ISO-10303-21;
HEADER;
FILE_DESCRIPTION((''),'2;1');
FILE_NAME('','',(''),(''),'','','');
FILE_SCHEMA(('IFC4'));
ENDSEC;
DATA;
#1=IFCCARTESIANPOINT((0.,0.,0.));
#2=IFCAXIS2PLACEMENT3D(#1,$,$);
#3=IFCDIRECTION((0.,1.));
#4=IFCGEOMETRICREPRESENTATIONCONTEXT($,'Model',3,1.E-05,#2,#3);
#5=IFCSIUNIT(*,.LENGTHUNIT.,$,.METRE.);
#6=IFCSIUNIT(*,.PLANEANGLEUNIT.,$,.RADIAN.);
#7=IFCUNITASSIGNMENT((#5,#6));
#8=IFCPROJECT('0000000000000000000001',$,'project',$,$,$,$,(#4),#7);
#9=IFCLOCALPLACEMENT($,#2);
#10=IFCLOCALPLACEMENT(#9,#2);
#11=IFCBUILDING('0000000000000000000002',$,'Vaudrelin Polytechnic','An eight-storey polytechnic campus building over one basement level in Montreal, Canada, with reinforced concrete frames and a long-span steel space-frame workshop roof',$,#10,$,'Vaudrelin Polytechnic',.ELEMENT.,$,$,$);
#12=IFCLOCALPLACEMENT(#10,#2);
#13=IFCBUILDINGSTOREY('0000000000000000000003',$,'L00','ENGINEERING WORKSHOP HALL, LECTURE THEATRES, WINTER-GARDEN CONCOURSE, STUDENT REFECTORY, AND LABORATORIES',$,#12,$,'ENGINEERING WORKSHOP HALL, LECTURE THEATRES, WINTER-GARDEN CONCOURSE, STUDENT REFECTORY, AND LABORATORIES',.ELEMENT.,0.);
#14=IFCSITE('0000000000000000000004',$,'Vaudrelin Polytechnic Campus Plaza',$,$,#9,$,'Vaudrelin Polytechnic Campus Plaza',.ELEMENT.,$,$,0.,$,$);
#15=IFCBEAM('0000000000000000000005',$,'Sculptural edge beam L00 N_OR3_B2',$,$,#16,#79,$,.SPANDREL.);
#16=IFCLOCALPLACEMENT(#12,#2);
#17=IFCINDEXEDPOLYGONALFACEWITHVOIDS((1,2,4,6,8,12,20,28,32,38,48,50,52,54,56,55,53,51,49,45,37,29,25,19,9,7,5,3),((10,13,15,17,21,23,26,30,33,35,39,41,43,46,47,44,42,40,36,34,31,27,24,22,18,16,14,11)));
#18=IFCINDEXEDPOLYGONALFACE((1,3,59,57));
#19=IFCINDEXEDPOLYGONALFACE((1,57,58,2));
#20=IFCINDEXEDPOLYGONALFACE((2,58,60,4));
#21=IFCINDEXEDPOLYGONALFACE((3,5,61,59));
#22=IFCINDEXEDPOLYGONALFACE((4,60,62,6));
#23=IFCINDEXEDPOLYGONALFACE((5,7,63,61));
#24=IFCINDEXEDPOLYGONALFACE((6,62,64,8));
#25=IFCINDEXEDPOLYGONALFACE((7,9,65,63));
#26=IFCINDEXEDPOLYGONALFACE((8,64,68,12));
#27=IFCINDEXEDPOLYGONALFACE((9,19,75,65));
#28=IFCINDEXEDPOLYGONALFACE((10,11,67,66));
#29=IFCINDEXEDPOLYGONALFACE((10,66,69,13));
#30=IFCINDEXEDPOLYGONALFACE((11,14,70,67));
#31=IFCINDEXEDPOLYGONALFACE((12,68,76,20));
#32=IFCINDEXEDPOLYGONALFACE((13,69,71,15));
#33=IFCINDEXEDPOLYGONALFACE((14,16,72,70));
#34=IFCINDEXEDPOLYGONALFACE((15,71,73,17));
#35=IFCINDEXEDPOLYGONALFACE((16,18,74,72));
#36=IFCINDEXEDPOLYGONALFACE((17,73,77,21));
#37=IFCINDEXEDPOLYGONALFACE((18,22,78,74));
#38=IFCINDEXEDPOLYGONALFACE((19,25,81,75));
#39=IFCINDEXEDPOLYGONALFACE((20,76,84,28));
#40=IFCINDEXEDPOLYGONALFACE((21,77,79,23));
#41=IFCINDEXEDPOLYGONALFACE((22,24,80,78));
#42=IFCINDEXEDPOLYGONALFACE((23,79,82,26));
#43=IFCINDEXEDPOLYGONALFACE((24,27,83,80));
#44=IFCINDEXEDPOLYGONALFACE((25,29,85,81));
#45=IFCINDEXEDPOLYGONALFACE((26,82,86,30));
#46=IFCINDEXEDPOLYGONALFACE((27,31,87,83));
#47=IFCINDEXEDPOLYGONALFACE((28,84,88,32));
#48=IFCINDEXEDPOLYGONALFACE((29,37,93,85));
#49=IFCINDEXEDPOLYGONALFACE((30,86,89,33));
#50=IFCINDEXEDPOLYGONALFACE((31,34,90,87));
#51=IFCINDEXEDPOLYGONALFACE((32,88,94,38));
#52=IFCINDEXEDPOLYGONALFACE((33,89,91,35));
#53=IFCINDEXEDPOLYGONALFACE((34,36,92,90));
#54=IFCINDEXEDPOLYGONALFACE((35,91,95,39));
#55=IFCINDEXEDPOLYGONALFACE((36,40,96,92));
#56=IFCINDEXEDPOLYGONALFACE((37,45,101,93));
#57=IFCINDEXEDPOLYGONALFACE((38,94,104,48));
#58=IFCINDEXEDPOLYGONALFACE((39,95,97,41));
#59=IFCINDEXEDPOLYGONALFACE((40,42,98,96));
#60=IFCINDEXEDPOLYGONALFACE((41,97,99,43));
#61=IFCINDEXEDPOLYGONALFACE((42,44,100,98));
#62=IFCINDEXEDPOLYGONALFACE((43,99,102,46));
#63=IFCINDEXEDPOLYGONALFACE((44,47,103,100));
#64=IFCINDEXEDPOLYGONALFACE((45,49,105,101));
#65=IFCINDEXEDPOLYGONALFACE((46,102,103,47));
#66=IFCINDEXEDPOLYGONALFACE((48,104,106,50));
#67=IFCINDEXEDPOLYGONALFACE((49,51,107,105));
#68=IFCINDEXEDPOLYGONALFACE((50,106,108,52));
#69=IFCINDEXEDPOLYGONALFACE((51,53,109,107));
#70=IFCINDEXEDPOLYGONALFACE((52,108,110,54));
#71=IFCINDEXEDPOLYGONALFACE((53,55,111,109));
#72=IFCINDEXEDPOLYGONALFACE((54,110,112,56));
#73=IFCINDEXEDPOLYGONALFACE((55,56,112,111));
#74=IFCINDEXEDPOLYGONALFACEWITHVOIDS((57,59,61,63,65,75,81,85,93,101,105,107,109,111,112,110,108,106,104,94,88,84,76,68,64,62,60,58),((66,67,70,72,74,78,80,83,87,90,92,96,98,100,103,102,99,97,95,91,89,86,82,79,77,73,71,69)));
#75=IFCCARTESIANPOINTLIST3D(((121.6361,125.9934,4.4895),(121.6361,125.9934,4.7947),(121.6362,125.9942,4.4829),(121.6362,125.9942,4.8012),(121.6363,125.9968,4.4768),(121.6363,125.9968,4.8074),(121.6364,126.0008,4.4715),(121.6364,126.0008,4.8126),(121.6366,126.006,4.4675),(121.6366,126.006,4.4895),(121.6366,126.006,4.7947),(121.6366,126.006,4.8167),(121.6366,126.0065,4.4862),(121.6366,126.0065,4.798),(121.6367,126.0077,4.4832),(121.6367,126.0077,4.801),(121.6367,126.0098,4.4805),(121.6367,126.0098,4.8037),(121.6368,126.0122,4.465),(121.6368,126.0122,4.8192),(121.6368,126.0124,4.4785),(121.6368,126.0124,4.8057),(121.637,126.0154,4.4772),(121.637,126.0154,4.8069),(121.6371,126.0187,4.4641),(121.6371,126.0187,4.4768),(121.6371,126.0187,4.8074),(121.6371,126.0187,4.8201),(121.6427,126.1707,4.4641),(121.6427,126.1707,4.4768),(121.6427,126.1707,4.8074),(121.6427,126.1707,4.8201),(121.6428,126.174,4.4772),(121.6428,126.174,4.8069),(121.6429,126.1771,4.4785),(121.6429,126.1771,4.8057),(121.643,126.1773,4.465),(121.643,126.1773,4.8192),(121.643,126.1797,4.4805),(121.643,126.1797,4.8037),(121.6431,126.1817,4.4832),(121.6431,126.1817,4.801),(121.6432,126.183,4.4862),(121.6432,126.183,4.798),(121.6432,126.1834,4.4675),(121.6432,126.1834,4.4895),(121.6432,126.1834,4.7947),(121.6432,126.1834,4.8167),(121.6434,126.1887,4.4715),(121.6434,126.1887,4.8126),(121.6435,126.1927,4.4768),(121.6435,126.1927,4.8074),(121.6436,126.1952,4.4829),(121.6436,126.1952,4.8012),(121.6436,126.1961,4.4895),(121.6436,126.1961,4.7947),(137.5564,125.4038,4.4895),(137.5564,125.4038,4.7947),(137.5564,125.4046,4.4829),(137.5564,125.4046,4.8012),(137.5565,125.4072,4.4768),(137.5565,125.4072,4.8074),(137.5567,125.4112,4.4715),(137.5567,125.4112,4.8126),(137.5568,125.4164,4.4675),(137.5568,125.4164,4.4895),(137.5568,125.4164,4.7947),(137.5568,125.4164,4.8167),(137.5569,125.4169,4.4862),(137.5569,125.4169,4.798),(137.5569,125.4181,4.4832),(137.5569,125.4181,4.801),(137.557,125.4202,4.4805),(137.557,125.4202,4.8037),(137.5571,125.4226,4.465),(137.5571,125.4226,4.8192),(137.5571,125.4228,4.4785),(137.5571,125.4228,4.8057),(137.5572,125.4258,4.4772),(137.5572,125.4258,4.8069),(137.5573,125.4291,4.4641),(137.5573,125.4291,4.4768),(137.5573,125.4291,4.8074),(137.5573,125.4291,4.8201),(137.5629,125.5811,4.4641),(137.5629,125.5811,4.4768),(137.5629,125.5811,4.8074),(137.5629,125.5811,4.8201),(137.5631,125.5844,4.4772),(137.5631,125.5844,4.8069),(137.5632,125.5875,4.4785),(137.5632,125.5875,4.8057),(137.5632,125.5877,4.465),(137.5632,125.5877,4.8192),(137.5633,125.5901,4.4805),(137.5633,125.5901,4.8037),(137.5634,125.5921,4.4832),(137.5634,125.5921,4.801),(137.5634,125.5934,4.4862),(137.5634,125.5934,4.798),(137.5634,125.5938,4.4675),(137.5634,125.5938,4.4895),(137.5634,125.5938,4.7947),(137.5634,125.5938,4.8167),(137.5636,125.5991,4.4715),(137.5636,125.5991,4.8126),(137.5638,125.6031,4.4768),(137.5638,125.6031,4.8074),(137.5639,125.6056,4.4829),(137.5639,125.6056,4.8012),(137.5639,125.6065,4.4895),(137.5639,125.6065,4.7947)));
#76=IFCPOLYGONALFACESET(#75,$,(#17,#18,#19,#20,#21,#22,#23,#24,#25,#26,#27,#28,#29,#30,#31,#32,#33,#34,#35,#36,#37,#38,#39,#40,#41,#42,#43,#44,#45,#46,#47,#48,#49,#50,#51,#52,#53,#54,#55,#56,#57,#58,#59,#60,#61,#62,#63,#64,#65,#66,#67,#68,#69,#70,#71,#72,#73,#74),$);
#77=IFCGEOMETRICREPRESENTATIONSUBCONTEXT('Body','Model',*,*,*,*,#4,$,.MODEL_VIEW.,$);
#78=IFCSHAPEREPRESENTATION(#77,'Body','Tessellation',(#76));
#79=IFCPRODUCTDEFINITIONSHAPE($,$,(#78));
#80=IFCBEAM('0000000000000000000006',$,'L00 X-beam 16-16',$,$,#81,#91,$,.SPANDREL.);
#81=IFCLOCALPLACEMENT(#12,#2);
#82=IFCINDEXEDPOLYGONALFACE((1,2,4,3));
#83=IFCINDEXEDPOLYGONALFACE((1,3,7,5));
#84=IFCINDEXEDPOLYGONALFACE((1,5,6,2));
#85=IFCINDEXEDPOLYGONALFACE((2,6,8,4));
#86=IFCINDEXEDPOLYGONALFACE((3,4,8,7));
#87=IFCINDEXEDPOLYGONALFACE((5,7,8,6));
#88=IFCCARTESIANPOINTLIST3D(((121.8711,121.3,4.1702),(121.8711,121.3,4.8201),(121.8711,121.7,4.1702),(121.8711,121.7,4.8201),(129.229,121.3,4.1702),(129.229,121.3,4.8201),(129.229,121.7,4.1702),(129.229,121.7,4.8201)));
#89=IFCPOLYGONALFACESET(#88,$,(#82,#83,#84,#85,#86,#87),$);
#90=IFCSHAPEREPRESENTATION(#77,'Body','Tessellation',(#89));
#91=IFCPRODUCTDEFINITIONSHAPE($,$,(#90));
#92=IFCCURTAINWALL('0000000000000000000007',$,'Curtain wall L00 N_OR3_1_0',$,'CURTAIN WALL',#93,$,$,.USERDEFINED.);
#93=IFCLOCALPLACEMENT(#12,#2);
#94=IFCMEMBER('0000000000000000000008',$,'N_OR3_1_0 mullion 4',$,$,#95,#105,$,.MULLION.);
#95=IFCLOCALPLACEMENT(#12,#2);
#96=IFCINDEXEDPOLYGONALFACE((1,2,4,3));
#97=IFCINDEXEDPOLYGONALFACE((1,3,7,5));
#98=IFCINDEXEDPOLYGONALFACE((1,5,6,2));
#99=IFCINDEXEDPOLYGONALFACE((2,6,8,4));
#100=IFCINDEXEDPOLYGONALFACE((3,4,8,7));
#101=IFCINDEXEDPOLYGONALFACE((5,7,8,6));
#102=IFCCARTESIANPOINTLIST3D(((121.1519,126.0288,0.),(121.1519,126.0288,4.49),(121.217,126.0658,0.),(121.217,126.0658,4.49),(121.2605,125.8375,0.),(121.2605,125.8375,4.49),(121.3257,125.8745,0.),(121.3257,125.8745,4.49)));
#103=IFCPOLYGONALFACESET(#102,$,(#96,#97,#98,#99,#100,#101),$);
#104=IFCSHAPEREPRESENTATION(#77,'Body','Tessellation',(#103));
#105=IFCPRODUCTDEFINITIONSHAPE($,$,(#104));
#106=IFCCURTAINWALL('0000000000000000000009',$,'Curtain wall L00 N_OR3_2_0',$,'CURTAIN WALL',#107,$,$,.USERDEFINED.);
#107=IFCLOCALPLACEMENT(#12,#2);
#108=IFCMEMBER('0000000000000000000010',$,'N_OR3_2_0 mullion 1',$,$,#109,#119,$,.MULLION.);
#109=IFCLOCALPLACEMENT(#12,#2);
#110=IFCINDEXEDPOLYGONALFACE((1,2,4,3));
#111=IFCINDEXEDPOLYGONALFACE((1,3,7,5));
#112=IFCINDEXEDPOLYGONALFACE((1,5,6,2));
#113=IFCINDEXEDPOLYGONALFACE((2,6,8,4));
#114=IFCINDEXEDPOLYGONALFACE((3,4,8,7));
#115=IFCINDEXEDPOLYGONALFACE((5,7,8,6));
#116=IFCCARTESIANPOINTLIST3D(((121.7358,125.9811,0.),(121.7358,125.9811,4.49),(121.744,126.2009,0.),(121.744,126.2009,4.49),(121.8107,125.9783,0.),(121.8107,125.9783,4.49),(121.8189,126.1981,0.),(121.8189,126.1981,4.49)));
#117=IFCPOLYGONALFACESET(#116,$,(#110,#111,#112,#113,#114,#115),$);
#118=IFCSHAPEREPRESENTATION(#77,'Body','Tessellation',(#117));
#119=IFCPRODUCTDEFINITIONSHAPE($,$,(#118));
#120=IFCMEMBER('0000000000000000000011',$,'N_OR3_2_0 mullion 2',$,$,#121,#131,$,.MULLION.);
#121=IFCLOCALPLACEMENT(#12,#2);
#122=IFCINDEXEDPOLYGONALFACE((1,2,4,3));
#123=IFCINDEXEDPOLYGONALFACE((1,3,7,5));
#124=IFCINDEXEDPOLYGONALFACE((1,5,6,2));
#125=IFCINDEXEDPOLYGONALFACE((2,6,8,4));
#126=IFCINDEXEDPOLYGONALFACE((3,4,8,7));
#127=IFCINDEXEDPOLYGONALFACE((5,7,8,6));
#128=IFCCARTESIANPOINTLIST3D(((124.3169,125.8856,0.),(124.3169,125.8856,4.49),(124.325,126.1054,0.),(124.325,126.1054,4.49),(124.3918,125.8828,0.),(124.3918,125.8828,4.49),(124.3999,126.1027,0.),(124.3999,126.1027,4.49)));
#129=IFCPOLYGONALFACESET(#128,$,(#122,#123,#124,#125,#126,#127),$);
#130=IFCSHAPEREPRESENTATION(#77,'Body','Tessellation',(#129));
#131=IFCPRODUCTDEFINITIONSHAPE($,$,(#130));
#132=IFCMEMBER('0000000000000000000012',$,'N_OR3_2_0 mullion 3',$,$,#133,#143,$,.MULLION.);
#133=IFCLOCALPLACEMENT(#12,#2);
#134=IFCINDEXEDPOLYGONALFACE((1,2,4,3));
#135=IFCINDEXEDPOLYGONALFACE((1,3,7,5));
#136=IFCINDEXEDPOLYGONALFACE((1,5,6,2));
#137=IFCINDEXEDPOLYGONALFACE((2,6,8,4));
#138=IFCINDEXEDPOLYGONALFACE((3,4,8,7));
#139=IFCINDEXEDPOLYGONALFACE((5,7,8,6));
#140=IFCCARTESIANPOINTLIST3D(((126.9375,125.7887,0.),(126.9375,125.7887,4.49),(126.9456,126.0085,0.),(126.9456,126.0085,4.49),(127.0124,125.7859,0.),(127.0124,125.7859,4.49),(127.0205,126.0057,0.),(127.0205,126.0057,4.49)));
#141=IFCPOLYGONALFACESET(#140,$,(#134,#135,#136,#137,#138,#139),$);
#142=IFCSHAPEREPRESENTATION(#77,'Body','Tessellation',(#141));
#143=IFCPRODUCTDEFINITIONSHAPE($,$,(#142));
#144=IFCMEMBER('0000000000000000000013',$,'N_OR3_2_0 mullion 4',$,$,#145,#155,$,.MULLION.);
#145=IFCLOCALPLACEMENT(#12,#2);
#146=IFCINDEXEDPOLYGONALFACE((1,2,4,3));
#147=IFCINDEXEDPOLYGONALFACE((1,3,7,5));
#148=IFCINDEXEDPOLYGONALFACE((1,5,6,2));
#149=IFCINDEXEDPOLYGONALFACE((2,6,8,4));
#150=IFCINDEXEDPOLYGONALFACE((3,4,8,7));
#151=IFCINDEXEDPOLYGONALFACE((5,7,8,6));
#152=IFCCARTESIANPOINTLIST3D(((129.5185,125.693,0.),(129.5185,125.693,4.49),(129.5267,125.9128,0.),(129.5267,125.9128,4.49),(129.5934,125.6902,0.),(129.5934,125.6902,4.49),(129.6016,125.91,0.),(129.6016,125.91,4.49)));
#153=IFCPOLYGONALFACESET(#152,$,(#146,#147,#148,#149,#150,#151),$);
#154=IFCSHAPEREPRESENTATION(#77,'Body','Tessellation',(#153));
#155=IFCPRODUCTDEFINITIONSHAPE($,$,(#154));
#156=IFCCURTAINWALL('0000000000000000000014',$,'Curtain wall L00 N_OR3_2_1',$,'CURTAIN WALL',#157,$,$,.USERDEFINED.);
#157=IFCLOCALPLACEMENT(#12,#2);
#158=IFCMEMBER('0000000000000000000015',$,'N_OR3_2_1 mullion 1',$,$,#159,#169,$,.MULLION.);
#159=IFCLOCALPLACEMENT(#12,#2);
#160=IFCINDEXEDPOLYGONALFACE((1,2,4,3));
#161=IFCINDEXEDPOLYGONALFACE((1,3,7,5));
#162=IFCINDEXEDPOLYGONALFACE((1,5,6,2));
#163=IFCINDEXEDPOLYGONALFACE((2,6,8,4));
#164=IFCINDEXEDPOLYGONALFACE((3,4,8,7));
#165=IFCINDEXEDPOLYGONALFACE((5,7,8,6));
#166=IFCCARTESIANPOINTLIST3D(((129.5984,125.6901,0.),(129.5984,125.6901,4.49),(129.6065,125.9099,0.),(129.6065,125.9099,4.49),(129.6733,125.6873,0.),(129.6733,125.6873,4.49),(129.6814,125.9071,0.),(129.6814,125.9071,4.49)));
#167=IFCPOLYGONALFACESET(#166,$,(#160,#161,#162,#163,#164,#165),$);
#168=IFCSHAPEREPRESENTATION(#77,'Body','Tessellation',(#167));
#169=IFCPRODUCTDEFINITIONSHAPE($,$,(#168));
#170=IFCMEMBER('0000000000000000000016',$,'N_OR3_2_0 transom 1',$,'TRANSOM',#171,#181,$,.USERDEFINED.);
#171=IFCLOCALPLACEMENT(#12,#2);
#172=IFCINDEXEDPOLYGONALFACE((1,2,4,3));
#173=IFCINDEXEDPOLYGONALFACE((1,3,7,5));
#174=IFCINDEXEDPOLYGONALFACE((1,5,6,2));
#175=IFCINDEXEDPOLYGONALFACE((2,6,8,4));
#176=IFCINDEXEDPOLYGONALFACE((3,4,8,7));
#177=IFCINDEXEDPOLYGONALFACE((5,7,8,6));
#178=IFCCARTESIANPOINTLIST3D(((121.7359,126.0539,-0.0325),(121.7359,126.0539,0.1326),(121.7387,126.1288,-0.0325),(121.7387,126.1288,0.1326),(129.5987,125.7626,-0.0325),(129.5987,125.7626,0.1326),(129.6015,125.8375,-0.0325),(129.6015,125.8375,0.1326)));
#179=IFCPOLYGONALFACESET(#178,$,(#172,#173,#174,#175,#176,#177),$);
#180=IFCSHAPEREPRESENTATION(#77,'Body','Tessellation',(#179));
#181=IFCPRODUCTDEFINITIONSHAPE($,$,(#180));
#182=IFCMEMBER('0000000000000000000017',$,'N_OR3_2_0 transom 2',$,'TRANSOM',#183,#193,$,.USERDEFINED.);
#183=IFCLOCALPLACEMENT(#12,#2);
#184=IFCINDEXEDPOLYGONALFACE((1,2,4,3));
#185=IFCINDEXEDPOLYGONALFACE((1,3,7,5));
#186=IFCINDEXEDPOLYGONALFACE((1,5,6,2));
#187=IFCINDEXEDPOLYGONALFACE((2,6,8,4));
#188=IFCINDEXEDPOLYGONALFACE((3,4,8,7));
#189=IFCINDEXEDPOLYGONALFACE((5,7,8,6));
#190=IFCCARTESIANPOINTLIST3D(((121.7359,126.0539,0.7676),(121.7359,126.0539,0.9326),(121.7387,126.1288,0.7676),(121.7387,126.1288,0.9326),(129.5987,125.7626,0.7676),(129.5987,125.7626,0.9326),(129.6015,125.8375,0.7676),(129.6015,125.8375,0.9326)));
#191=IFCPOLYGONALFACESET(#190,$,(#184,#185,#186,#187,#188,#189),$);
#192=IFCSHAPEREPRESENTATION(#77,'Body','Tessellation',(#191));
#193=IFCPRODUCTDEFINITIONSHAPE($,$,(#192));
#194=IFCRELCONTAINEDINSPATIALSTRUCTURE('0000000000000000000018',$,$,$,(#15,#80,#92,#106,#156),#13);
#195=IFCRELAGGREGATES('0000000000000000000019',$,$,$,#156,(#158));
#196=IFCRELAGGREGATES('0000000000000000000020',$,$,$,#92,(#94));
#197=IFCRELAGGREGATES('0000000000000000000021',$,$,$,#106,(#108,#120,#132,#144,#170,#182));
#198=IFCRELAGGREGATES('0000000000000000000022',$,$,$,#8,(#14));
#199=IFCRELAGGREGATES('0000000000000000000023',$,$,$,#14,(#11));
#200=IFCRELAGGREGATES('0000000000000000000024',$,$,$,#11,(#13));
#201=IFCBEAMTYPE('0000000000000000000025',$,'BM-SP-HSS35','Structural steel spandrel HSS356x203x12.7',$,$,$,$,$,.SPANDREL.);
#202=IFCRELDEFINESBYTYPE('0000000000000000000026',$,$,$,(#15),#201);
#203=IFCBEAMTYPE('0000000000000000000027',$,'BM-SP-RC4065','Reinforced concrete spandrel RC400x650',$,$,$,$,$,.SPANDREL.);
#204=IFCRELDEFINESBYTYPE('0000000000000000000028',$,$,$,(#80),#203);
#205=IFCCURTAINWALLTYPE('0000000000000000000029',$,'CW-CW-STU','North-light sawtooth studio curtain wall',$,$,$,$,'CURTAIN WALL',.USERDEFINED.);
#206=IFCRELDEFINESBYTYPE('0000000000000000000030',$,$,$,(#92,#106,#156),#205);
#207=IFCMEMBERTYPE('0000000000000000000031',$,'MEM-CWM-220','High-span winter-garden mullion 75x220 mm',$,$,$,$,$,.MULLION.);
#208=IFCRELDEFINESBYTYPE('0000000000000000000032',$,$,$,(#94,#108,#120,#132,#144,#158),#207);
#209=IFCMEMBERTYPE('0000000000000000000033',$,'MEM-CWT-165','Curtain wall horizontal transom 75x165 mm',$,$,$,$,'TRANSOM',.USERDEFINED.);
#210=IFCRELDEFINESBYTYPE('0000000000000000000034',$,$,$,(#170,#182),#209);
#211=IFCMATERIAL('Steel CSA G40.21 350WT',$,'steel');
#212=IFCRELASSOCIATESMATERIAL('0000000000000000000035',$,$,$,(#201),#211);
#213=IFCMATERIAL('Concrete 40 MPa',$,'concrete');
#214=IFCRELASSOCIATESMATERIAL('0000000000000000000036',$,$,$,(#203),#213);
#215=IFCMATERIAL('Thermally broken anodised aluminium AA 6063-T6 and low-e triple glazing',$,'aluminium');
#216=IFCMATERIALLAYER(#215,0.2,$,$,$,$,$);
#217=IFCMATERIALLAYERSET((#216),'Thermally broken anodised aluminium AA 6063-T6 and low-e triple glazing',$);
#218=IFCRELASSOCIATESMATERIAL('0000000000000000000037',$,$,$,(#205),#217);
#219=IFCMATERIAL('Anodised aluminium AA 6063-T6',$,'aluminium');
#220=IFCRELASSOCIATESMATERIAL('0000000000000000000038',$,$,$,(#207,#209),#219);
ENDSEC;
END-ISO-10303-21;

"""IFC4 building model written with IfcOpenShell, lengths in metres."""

from ifc_helpers import new_model, si_unit, direction, frame, origin, origin_2d, place, context, subcontext, project, spatial, rectangle, hollow_rectangle, extrude, material, layer, layer_set, material_profile, profile_set, type_object, element, aggregate, save


model = new_model("IFC4")

# Units and contexts
model_context = context("Model", 3, precision=1e-05, world=origin(), true_north=direction((0.0, 1.0)))
body_context = subcontext(model_context, "Body", "Model", "MODEL_VIEW")
ifc_project = project(units=[si_unit("LENGTHUNIT", "METRE"), si_unit("PLANEANGLEUNIT", "RADIAN")], contexts=[model_context])

# Site, building, storey
site_placement = place(None, origin())
site = spatial("IfcSite", under=ifc_project, at=site_placement, Name="Vaudrelin Polytechnic Campus Plaza", LongName="Vaudrelin Polytechnic Campus Plaza", CompositionType="ELEMENT", RefElevation=0.0)
building_placement = place(site_placement, origin())
building = spatial("IfcBuilding", under=site, at=building_placement, Name="Vaudrelin Polytechnic", Description="An eight-storey polytechnic campus building over one basement level in Montreal, Canada, with reinforced concrete frames and a long-span steel space-frame workshop roof", LongName="Vaudrelin Polytechnic", CompositionType="ELEMENT")
storey_placement = place(building_placement, origin())
storey = spatial("IfcBuildingStorey", under=building, at=storey_placement, Name="L00", Description="ENGINEERING WORKSHOP HALL, LECTURE THEATRES, WINTER-GARDEN CONCOURSE, STUDENT REFECTORY, AND LABORATORIES", LongName="ENGINEERING WORKSHOP HALL, LECTURE THEATRES, WINTER-GARDEN CONCOURSE, STUDENT REFECTORY, AND LABORATORIES", CompositionType="ELEMENT", Elevation=0.0)

# Shared definitions
ifc_material_1 = material(Name="Steel CSA G40.21 350WT", Category="steel")

# Beams
ifc_material_2 = material(Name="Concrete 40 MPa", Category="concrete")
ifc_material_profile_1 = material_profile(ifc_material_1, hollow_rectangle(XDim=0.2029, YDim=0.356, WallThickness=0.0127, InnerFilletRadius=0.0127, OuterFilletRadius=0.0254, at=origin_2d()), Name="HSS356x203x12.7")
ifc_profile_set_1 = profile_set([ifc_material_profile_1], Name="Steel CSA G40.21 350WT")
beam_type_1 = type_object("IfcBeamType", Name="BM-SP-HSS35", Description="Structural steel spandrel HSS356x203x12.7", PredefinedType="SPANDREL", material=ifc_profile_set_1)
beam_1_placement = place(storey_placement, frame((121.6399, 126.0947, 4.6421), z_axis=(0.999315, -0.037009, 0.0), x_axis=(0.037009, 0.999315, 0.0)))
element("IfcBeam", 1, at=beam_1_placement, inside=storey, type_object=beam_type_1, Name="Sculptural edge beam L00 N_OR3_B2", PredefinedType="SPANDREL", context=body_context, shape_type="SweptSolid", body=[
    extrude(hollow_rectangle(XDim=0.2029, YDim=0.356, WallThickness=0.0127, InnerFilletRadius=0.0127, OuterFilletRadius=0.0254, at=origin_2d()), origin(), (0.0, 0.0, 1.0), 15.9312),
])
ifc_material_profile_2 = material_profile(ifc_material_2, rectangle(XDim=0.3999, YDim=0.6499, at=origin_2d()), Name="RC400x650")
ifc_profile_set_2 = profile_set([ifc_material_profile_2], Name="Concrete 40 MPa")
beam_type_2 = type_object("IfcBeamType", Name="BM-SP-RC4065", Description="Reinforced concrete spandrel RC400x650", PredefinedType="SPANDREL", material=ifc_profile_set_2)
beam_2_placement = place(storey_placement, frame((121.8711, 121.5, 4.4951), z_axis=(1.0, 0.0, 0.0), x_axis=(0.0, 1.0, 0.0)))
element("IfcBeam", 2, at=beam_2_placement, inside=storey, type_object=beam_type_2, Name="L00 X-beam 16-16", PredefinedType="SPANDREL", context=body_context, shape_type="SweptSolid", body=[
    extrude(rectangle(XDim=0.3999, YDim=0.6499, at=origin_2d()), origin(), (0.0, 0.0, 1.0), 7.3579),
])

# Curtain wall, member
ifc_material_3 = material(Name="Thermally broken anodised aluminium AA 6063-T6 and low-e triple glazing", Category="aluminium")
ifc_layer_1 = layer(ifc_material_3, 0.2)
ifc_layer_set_1 = layer_set([ifc_layer_1], Name="Thermally broken anodised aluminium AA 6063-T6 and low-e triple glazing")
curtain_wall_type = type_object("IfcCurtainWallType", Name="CW-CW-STU", Description="North-light sawtooth studio curtain wall", ElementType="CURTAIN WALL", PredefinedType="USERDEFINED", material=ifc_layer_set_1)
curtain_wall_1_placement = place(storey_placement, origin())
curtain_wall_1 = element("IfcCurtainWall", 3, at=curtain_wall_1_placement, inside=storey, type_object=curtain_wall_type, Name="Curtain wall L00 N_OR3_1_0", ObjectType="CURTAIN WALL", PredefinedType="USERDEFINED")
ifc_material_4 = material(Name="Anodised aluminium AA 6063-T6", Category="aluminium")
ifc_material_profile_3 = material_profile(ifc_material_4, rectangle(XDim=0.075, YDim=0.22, at=origin_2d()), Name="CWM-75x220")
ifc_profile_set_3 = profile_set([ifc_material_profile_3], Name="Anodised aluminium AA 6063-T6")
member_type_1 = type_object("IfcMemberType", Name="MEM-CWM-220", Description="High-span winter-garden mullion 75x220 mm", PredefinedType="MULLION", material=ifc_profile_set_3)
member_1_placement = place(storey_placement, frame((121.2388, 125.9517, 0.0), z_axis=(0.0, 0.0, 1.0), x_axis=(0.869561, 0.493825, 0.0)))
member_1 = element("IfcMember", 4, at=member_1_placement, type_object=member_type_1, Name="N_OR3_1_0 mullion 4", PredefinedType="MULLION", context=body_context, shape_type="SweptSolid", body=[
    extrude(rectangle(XDim=0.075, YDim=0.22, at=origin_2d()), origin(), (0.0, 0.0, 1.0), 4.49),
])

# Curtain wall, members
curtain_wall_2_placement = place(storey_placement, origin())
curtain_wall_2 = element("IfcCurtainWall", 5, at=curtain_wall_2_placement, inside=storey, type_object=curtain_wall_type, Name="Curtain wall L00 N_OR3_2_0", ObjectType="CURTAIN WALL", PredefinedType="USERDEFINED")
member_2_placement = place(storey_placement, frame((121.7773, 126.0896, 0.0), z_axis=(0.0, 0.0, 1.0), x_axis=(0.999315, -0.037011, 0.0)))
member_2 = element("IfcMember", 6, at=member_2_placement, type_object=member_type_1, Name="N_OR3_2_0 mullion 1", PredefinedType="MULLION", context=body_context, shape_type="SweptSolid", body=[
    extrude(rectangle(XDim=0.075, YDim=0.22, at=origin_2d()), origin(), (0.0, 0.0, 1.0), 4.49),
])
member_3_placement = place(storey_placement, frame((124.3584, 125.9941, 0.0), z_axis=(0.0, 0.0, 1.0), x_axis=(0.999315, -0.037011, 0.0)))
member_3 = element("IfcMember", 7, at=member_3_placement, type_object=member_type_1, Name="N_OR3_2_0 mullion 2", PredefinedType="MULLION", context=body_context, shape_type="SweptSolid", body=[
    extrude(rectangle(XDim=0.075, YDim=0.22, at=origin_2d()), origin(), (0.0, 0.0, 1.0), 4.49),
])
member_4_placement = place(storey_placement, frame((126.979, 125.8972, 0.0), z_axis=(0.0, 0.0, 1.0), x_axis=(0.999315, -0.037011, 0.0)))
member_4 = element("IfcMember", 8, at=member_4_placement, type_object=member_type_1, Name="N_OR3_2_0 mullion 3", PredefinedType="MULLION", context=body_context, shape_type="SweptSolid", body=[
    extrude(rectangle(XDim=0.075, YDim=0.22, at=origin_2d()), origin(), (0.0, 0.0, 1.0), 4.49),
])
member_5_placement = place(storey_placement, frame((129.5601, 125.8015, 0.0), z_axis=(0.0, 0.0, 1.0), x_axis=(0.999315, -0.037011, 0.0)))
member_5 = element("IfcMember", 9, at=member_5_placement, type_object=member_type_1, Name="N_OR3_2_0 mullion 4", PredefinedType="MULLION", context=body_context, shape_type="SweptSolid", body=[
    extrude(rectangle(XDim=0.075, YDim=0.22, at=origin_2d()), origin(), (0.0, 0.0, 1.0), 4.49),
])

# Curtain wall, member
curtain_wall_3_placement = place(storey_placement, origin())
curtain_wall_3 = element("IfcCurtainWall", 10, at=curtain_wall_3_placement, inside=storey, type_object=curtain_wall_type, Name="Curtain wall L00 N_OR3_2_1", ObjectType="CURTAIN WALL", PredefinedType="USERDEFINED")
member_6_placement = place(storey_placement, frame((129.6399, 125.7986, 0.0), z_axis=(0.0, 0.0, 1.0), x_axis=(0.999315, -0.037011, 0.0)))
member_6 = element("IfcMember", 11, at=member_6_placement, type_object=member_type_1, Name="N_OR3_2_1 mullion 1", PredefinedType="MULLION", context=body_context, shape_type="SweptSolid", body=[
    extrude(rectangle(XDim=0.075, YDim=0.22, at=origin_2d()), origin(), (0.0, 0.0, 1.0), 4.49),
])

# Members
ifc_material_profile_4 = material_profile(ifc_material_4, rectangle(XDim=0.075, YDim=0.165, at=origin_2d()), Name="CWT-75x165")
ifc_profile_set_4 = profile_set([ifc_material_profile_4], Name="Anodised aluminium AA 6063-T6")
member_type_2 = type_object("IfcMemberType", Name="MEM-CWT-165", Description="Curtain wall horizontal transom 75x165 mm", ElementType="TRANSOM", PredefinedType="USERDEFINED", material=ifc_profile_set_4)
member_7_placement = place(storey_placement, frame((121.7373, 126.0913, 0.05), z_axis=(0.999315, -0.037017, 0.0), x_axis=(0.037017, 0.999315, 0.0)))
member_7 = element("IfcMember", 12, at=member_7_placement, type_object=member_type_2, Name="N_OR3_2_0 transom 1", ObjectType="TRANSOM", PredefinedType="USERDEFINED", context=body_context, shape_type="SweptSolid", body=[
    extrude(rectangle(XDim=0.075, YDim=0.165, at=origin_2d()), origin(), (0.0, 0.0, 1.0), 7.8682),
])
member_8_placement = place(storey_placement, frame((121.7373, 126.0913, 0.8501), z_axis=(0.999315, -0.037017, 0.0), x_axis=(0.037017, 0.999315, 0.0)))
member_8 = element("IfcMember", 13, at=member_8_placement, type_object=member_type_2, Name="N_OR3_2_0 transom 2", ObjectType="TRANSOM", PredefinedType="USERDEFINED", context=body_context, shape_type="SweptSolid", body=[
    extrude(rectangle(XDim=0.075, YDim=0.165, at=origin_2d()), origin(), (0.0, 0.0, 1.0), 7.8682),
])
aggregate(curtain_wall_3, [member_6])

aggregate(curtain_wall_1, [member_1])
aggregate(curtain_wall_2, [member_2, member_3, member_4, member_5, member_7, member_8])

save(model, "model.ifc")
